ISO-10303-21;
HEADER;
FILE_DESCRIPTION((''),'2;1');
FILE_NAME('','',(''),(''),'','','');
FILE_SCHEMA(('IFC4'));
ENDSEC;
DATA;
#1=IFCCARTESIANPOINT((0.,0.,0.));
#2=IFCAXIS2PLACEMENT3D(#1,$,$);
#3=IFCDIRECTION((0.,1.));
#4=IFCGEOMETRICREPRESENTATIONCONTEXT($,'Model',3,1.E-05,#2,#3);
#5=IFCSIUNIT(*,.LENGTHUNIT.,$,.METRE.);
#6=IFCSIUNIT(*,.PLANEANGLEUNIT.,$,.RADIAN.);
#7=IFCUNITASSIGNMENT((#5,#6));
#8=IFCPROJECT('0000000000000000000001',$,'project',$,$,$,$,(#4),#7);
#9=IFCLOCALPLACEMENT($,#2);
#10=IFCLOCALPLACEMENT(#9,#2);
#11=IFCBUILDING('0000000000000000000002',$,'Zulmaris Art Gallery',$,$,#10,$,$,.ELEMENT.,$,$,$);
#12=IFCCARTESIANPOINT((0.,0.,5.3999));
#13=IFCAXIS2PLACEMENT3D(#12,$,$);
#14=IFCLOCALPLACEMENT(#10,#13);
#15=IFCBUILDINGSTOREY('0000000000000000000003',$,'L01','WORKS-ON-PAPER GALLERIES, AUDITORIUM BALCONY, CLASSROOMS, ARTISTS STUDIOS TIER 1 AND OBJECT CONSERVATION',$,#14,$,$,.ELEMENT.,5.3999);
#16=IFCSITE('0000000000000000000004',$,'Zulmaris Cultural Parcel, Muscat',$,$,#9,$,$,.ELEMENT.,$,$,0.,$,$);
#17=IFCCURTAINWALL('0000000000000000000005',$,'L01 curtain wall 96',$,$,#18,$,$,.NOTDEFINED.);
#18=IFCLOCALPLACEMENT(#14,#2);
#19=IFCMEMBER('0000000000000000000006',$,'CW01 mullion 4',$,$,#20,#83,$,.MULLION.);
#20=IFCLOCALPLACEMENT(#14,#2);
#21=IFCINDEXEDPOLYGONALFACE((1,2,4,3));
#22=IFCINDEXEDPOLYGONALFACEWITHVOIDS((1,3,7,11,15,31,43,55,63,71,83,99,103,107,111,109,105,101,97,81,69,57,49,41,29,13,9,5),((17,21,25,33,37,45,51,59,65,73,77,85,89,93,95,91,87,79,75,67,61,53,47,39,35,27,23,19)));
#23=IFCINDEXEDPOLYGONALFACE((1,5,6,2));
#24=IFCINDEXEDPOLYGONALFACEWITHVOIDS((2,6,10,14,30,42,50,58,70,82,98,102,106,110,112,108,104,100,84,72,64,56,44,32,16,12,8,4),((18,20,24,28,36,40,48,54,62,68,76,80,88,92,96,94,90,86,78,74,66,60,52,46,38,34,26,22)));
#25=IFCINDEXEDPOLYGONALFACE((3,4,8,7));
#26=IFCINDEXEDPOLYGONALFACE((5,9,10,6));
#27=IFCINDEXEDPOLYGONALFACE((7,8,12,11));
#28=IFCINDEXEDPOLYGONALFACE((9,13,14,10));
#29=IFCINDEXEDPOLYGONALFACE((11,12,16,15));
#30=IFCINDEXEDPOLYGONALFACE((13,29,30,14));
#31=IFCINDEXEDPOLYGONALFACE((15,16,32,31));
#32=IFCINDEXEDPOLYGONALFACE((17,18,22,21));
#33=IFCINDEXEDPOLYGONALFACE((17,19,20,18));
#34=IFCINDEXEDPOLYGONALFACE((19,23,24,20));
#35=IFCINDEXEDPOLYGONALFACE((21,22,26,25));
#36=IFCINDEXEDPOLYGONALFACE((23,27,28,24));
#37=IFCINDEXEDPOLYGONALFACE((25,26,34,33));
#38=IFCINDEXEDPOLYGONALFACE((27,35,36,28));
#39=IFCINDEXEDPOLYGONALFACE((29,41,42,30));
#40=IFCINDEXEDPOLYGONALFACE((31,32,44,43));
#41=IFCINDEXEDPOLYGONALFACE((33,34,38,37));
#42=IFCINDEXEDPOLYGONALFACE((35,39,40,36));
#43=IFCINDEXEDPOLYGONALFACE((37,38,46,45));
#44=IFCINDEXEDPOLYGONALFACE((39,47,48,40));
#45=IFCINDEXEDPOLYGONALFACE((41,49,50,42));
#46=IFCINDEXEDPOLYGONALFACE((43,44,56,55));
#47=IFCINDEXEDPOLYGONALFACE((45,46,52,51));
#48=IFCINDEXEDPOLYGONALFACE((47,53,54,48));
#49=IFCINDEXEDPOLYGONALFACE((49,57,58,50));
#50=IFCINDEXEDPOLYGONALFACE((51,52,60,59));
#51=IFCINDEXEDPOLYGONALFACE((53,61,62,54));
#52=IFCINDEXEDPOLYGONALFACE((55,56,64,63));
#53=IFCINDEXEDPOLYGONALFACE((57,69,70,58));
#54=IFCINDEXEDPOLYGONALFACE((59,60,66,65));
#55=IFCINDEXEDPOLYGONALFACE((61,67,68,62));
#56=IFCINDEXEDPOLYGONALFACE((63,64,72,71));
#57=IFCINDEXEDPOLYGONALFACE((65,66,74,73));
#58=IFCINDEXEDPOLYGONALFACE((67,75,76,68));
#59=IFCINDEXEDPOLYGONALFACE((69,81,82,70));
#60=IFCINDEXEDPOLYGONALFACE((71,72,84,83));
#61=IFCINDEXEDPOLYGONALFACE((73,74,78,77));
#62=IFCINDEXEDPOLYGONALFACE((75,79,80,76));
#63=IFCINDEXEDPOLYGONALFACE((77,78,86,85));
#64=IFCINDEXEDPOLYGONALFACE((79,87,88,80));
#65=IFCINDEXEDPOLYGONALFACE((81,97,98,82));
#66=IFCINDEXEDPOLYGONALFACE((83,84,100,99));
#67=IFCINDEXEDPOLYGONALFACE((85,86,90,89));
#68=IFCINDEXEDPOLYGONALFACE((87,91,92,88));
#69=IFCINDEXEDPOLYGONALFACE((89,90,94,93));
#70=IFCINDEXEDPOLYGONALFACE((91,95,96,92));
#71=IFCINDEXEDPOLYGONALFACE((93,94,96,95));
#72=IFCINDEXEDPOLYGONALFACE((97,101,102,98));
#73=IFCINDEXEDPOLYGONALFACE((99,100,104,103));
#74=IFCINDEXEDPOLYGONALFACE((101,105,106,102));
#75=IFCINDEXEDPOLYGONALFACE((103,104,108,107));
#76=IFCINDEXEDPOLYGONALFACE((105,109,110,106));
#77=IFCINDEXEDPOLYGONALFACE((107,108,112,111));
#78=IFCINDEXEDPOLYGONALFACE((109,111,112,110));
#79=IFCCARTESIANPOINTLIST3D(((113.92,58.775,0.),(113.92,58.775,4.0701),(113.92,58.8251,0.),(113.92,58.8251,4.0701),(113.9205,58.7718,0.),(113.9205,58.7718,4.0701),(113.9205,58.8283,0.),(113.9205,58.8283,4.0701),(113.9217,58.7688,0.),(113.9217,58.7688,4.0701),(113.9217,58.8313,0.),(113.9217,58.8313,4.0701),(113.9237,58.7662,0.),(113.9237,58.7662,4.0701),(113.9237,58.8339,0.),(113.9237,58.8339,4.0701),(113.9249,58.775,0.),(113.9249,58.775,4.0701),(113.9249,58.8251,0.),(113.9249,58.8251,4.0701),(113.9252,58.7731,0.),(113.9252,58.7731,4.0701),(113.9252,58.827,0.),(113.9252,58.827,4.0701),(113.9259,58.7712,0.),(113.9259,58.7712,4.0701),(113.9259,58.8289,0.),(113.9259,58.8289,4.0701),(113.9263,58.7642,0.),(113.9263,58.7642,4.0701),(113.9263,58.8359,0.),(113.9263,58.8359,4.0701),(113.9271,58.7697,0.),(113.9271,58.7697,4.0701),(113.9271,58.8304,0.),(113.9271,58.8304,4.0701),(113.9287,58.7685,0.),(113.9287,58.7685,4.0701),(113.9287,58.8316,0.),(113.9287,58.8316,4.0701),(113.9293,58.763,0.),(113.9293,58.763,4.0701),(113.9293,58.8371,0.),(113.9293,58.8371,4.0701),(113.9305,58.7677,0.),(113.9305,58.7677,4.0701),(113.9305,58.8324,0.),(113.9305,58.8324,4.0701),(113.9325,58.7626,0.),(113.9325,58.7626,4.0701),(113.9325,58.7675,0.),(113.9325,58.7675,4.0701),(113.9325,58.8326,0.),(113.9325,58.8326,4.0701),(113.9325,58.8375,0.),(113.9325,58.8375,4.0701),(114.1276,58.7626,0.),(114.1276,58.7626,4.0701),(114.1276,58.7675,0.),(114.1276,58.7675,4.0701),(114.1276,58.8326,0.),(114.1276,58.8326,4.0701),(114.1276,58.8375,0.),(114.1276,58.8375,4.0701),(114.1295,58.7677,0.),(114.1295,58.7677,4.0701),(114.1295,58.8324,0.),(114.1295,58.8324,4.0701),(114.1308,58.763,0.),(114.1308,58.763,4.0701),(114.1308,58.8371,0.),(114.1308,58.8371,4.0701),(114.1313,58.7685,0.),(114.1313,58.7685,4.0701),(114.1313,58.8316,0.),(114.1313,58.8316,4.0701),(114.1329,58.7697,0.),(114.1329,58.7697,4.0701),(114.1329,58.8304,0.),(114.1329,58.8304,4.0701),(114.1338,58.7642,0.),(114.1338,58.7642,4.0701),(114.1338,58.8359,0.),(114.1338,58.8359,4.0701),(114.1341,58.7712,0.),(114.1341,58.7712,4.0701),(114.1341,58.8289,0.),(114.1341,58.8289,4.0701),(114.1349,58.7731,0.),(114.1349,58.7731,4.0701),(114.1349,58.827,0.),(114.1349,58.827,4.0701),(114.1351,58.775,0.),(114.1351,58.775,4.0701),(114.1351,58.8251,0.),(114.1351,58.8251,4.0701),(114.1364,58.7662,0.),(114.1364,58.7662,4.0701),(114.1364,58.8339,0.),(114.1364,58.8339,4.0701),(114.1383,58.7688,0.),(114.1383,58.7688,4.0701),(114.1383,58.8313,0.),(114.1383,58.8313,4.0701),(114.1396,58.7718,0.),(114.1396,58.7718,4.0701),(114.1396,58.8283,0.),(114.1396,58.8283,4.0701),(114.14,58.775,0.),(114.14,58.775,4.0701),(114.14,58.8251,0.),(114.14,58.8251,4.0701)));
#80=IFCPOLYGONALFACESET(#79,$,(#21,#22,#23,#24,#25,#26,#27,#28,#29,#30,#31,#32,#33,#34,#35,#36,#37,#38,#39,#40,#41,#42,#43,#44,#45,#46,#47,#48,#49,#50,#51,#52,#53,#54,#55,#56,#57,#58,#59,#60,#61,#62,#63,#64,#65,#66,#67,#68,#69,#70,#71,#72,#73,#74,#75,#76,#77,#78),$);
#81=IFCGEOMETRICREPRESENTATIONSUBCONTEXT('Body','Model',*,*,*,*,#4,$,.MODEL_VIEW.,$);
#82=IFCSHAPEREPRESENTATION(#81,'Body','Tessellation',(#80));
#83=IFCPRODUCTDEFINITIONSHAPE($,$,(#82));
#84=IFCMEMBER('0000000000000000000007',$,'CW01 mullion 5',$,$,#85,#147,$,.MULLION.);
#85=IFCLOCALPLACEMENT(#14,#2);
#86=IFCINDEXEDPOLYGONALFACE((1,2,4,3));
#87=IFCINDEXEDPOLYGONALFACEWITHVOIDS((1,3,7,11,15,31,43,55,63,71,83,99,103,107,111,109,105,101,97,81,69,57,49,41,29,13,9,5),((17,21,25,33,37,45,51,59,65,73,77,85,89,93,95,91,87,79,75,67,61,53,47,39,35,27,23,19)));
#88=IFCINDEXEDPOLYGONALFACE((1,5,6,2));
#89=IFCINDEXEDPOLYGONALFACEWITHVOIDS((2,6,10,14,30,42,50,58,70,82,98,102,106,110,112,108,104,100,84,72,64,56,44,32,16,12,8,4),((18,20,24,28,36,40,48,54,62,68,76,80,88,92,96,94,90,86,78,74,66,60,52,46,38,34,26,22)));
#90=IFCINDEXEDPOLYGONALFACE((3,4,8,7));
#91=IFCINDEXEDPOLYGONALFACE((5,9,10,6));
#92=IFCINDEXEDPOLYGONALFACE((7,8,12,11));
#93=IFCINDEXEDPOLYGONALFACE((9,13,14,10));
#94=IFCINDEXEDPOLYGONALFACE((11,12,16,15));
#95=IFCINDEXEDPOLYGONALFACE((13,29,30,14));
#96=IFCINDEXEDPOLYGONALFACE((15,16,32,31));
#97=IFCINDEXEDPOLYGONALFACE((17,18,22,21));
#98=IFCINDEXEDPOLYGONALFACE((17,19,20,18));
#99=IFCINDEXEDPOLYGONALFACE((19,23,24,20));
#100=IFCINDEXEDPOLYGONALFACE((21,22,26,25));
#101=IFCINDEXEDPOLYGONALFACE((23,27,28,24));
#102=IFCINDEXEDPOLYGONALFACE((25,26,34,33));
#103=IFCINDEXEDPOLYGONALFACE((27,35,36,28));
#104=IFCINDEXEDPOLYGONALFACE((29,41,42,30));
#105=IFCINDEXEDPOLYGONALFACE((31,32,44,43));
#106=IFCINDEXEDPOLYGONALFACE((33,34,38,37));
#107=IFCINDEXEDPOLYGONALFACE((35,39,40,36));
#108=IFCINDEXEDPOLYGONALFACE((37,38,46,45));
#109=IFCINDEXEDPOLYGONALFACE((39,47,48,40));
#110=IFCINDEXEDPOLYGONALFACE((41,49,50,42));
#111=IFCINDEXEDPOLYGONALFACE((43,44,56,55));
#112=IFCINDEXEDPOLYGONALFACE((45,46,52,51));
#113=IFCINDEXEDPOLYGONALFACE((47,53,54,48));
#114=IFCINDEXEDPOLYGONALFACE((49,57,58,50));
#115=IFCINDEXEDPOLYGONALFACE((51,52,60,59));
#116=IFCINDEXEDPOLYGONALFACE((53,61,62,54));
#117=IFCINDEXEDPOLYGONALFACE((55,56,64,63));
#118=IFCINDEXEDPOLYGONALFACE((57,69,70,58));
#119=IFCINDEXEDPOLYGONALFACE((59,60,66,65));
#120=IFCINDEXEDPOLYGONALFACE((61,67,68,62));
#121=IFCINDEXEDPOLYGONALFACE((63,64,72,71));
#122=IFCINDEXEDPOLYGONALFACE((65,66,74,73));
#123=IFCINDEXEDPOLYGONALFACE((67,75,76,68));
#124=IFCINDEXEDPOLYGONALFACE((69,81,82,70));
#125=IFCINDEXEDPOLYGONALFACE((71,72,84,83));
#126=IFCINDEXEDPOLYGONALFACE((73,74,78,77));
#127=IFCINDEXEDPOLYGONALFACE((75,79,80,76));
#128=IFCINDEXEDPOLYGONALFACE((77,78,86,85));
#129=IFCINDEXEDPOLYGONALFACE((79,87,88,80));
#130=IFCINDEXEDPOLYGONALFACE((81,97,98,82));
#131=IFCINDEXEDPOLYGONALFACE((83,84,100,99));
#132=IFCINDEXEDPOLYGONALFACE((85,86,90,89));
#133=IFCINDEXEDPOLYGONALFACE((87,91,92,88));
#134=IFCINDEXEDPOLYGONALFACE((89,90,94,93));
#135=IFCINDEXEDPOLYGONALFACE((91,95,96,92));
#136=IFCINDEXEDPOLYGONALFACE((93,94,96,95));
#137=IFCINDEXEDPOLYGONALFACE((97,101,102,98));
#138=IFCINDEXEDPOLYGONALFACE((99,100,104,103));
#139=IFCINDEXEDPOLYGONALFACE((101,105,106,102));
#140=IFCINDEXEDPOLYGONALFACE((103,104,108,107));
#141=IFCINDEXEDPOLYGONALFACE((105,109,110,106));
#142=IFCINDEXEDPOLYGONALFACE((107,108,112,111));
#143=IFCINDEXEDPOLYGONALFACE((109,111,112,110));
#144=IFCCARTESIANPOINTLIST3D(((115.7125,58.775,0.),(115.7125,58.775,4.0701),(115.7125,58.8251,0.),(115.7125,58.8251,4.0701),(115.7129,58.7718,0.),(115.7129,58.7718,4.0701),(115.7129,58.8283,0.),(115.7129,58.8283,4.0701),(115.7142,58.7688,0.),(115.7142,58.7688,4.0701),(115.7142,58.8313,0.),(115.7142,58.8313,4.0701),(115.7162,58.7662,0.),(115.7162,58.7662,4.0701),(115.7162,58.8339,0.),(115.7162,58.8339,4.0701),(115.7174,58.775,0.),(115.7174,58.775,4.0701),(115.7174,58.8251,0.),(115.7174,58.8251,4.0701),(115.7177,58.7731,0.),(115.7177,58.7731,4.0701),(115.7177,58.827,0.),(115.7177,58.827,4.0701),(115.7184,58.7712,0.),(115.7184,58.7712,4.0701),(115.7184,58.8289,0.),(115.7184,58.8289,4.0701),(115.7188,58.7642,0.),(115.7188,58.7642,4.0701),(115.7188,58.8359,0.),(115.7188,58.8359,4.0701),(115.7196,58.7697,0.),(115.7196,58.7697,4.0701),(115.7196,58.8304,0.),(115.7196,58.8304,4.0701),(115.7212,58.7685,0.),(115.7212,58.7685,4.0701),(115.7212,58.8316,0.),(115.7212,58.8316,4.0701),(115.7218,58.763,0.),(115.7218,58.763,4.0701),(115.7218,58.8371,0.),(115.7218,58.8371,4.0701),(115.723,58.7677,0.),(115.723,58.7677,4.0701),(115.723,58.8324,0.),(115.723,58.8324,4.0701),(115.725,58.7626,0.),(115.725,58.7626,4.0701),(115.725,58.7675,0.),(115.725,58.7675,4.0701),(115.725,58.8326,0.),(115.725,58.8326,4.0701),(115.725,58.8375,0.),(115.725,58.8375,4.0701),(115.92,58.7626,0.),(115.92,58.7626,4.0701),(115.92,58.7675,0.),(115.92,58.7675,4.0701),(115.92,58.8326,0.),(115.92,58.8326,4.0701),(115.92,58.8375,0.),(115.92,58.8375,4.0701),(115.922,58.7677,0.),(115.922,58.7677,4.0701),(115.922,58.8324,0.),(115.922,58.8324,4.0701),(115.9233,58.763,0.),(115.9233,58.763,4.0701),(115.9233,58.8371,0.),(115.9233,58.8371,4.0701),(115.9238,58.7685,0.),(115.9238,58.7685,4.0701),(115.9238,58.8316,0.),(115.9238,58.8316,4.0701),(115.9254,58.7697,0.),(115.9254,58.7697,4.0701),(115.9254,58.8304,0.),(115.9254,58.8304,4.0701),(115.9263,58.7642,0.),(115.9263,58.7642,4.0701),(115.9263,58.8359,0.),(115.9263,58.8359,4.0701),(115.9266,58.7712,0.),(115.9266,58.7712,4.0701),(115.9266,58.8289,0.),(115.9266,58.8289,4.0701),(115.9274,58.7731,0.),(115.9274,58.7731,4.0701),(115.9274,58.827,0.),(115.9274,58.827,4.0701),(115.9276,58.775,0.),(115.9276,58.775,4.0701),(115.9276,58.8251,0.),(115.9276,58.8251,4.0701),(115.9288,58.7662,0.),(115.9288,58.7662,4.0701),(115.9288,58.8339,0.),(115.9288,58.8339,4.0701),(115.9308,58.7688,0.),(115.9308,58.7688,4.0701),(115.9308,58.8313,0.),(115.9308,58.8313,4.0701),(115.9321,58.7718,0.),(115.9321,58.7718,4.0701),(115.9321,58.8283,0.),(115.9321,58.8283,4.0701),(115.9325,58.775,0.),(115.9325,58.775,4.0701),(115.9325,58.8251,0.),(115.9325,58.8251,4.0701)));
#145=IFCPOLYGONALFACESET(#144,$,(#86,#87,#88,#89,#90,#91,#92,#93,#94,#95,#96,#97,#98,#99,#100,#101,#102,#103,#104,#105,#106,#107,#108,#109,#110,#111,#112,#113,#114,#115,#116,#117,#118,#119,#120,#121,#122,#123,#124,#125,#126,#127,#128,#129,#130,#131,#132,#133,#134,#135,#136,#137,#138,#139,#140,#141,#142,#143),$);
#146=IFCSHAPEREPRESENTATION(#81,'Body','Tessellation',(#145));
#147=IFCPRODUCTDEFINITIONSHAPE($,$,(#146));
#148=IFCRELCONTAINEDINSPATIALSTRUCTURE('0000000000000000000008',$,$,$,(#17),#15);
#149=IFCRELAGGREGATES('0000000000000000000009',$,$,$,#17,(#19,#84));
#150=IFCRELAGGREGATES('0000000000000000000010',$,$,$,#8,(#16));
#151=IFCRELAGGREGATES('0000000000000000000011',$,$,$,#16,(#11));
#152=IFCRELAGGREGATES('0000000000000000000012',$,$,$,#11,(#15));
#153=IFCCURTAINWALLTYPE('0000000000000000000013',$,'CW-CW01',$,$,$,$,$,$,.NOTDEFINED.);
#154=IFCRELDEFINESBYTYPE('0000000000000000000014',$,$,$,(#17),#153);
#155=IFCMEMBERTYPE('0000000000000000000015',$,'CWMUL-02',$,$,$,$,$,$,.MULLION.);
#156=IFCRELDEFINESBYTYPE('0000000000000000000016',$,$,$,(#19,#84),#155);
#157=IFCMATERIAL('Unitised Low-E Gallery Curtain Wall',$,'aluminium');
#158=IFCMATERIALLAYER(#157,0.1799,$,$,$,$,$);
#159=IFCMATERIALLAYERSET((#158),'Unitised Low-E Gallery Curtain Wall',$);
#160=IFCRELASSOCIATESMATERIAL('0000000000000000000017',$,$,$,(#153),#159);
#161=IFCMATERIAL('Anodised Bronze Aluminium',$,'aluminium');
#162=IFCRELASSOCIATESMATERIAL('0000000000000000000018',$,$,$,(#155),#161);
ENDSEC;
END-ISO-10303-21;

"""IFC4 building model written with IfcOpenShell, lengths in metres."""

from ifc_helpers import new_model, si_unit, direction, frame, origin, origin_2d, place, context, subcontext, project, spatial, hollow_rectangle, extrude, material, layer, layer_set, material_profile, profile_set, type_object, element, aggregate, save


model = new_model("IFC4")

# Units and contexts
model_context = context("Model", 3, precision=1e-05, world=origin(), true_north=direction((0.0, 1.0)))
body_context = subcontext(model_context, "Body", "Model", "MODEL_VIEW")
ifc_project = project(units=[si_unit("LENGTHUNIT", "METRE"), si_unit("PLANEANGLEUNIT", "RADIAN")], contexts=[model_context])

# Site, building, storey
site_placement = place(None, origin())
site = spatial("IfcSite", under=ifc_project, at=site_placement, Name="Zulmaris Cultural Parcel, Muscat", CompositionType="ELEMENT", RefElevation=0.0)
building_placement = place(site_placement, origin())
building = spatial("IfcBuilding", under=site, at=building_placement, Name="Zulmaris Art Gallery", CompositionType="ELEMENT")
storey_placement = place(building_placement, frame((0.0, 0.0, 5.3999)))
storey = spatial("IfcBuildingStorey", under=building, at=storey_placement, Name="L01", Description="WORKS-ON-PAPER GALLERIES, AUDITORIUM BALCONY, CLASSROOMS, ARTISTS STUDIOS TIER 1 AND OBJECT CONSERVATION", CompositionType="ELEMENT", Elevation=5.3999)

# Curtain wall, members
ifc_material_1 = material(Name="Unitised Low-E Gallery Curtain Wall", Category="aluminium")
ifc_layer_1 = layer(ifc_material_1, 0.1799)
ifc_layer_set_1 = layer_set([ifc_layer_1], Name="Unitised Low-E Gallery Curtain Wall")
curtain_wall_type = type_object("IfcCurtainWallType", Name="CW-CW01", PredefinedType="NOTDEFINED", material=ifc_layer_set_1)
curtain_wall_1_placement = place(storey_placement, origin())
curtain_wall_1 = element("IfcCurtainWall", 1, at=curtain_wall_1_placement, inside=storey, type_object=curtain_wall_type, Name="L01 curtain wall 96", PredefinedType="NOTDEFINED")
ifc_material_2 = material(Name="Anodised Bronze Aluminium", Category="aluminium")
ifc_material_profile_1 = material_profile(ifc_material_2, hollow_rectangle(XDim=0.075, YDim=0.22, WallThickness=0.0049, InnerFilletRadius=0.0076, OuterFilletRadius=0.0125, at=origin_2d()), Name="ALU 75x220x5")
ifc_profile_set_1 = profile_set([ifc_material_profile_1], Name="Anodised Bronze Aluminium")
member_type_1 = type_object("IfcMemberType", Name="CWMUL-02", PredefinedType="MULLION", material=ifc_profile_set_1)
member_1_placement = place(storey_placement, frame((114.03, 58.8, 0.0), z_axis=(0.0, 0.0, 1.0), x_axis=(0.0, 1.0, 0.0)))
member_1 = element("IfcMember", 2, at=member_1_placement, type_object=member_type_1, Name="CW01 mullion 4", PredefinedType="MULLION", context=body_context, shape_type="SweptSolid", body=[
    extrude(hollow_rectangle(XDim=0.075, YDim=0.22, WallThickness=0.0049, InnerFilletRadius=0.0076, OuterFilletRadius=0.0125, at=origin_2d()), origin(), (0.0, 0.0, 1.0), 4.0701),
])
member_2_placement = place(storey_placement, frame((115.8225, 58.8, 0.0), z_axis=(0.0, 0.0, 1.0), x_axis=(0.0, 1.0, 0.0)))
member_2 = element("IfcMember", 3, at=member_2_placement, type_object=member_type_1, Name="CW01 mullion 5", PredefinedType="MULLION", context=body_context, shape_type="SweptSolid", body=[
    extrude(hollow_rectangle(XDim=0.075, YDim=0.22, WallThickness=0.0049, InnerFilletRadius=0.0076, OuterFilletRadius=0.0125, at=origin_2d()), origin(), (0.0, 0.0, 1.0), 4.0701),
])

aggregate(curtain_wall_1, [member_1, member_2])

save(model, "model.ifc")
